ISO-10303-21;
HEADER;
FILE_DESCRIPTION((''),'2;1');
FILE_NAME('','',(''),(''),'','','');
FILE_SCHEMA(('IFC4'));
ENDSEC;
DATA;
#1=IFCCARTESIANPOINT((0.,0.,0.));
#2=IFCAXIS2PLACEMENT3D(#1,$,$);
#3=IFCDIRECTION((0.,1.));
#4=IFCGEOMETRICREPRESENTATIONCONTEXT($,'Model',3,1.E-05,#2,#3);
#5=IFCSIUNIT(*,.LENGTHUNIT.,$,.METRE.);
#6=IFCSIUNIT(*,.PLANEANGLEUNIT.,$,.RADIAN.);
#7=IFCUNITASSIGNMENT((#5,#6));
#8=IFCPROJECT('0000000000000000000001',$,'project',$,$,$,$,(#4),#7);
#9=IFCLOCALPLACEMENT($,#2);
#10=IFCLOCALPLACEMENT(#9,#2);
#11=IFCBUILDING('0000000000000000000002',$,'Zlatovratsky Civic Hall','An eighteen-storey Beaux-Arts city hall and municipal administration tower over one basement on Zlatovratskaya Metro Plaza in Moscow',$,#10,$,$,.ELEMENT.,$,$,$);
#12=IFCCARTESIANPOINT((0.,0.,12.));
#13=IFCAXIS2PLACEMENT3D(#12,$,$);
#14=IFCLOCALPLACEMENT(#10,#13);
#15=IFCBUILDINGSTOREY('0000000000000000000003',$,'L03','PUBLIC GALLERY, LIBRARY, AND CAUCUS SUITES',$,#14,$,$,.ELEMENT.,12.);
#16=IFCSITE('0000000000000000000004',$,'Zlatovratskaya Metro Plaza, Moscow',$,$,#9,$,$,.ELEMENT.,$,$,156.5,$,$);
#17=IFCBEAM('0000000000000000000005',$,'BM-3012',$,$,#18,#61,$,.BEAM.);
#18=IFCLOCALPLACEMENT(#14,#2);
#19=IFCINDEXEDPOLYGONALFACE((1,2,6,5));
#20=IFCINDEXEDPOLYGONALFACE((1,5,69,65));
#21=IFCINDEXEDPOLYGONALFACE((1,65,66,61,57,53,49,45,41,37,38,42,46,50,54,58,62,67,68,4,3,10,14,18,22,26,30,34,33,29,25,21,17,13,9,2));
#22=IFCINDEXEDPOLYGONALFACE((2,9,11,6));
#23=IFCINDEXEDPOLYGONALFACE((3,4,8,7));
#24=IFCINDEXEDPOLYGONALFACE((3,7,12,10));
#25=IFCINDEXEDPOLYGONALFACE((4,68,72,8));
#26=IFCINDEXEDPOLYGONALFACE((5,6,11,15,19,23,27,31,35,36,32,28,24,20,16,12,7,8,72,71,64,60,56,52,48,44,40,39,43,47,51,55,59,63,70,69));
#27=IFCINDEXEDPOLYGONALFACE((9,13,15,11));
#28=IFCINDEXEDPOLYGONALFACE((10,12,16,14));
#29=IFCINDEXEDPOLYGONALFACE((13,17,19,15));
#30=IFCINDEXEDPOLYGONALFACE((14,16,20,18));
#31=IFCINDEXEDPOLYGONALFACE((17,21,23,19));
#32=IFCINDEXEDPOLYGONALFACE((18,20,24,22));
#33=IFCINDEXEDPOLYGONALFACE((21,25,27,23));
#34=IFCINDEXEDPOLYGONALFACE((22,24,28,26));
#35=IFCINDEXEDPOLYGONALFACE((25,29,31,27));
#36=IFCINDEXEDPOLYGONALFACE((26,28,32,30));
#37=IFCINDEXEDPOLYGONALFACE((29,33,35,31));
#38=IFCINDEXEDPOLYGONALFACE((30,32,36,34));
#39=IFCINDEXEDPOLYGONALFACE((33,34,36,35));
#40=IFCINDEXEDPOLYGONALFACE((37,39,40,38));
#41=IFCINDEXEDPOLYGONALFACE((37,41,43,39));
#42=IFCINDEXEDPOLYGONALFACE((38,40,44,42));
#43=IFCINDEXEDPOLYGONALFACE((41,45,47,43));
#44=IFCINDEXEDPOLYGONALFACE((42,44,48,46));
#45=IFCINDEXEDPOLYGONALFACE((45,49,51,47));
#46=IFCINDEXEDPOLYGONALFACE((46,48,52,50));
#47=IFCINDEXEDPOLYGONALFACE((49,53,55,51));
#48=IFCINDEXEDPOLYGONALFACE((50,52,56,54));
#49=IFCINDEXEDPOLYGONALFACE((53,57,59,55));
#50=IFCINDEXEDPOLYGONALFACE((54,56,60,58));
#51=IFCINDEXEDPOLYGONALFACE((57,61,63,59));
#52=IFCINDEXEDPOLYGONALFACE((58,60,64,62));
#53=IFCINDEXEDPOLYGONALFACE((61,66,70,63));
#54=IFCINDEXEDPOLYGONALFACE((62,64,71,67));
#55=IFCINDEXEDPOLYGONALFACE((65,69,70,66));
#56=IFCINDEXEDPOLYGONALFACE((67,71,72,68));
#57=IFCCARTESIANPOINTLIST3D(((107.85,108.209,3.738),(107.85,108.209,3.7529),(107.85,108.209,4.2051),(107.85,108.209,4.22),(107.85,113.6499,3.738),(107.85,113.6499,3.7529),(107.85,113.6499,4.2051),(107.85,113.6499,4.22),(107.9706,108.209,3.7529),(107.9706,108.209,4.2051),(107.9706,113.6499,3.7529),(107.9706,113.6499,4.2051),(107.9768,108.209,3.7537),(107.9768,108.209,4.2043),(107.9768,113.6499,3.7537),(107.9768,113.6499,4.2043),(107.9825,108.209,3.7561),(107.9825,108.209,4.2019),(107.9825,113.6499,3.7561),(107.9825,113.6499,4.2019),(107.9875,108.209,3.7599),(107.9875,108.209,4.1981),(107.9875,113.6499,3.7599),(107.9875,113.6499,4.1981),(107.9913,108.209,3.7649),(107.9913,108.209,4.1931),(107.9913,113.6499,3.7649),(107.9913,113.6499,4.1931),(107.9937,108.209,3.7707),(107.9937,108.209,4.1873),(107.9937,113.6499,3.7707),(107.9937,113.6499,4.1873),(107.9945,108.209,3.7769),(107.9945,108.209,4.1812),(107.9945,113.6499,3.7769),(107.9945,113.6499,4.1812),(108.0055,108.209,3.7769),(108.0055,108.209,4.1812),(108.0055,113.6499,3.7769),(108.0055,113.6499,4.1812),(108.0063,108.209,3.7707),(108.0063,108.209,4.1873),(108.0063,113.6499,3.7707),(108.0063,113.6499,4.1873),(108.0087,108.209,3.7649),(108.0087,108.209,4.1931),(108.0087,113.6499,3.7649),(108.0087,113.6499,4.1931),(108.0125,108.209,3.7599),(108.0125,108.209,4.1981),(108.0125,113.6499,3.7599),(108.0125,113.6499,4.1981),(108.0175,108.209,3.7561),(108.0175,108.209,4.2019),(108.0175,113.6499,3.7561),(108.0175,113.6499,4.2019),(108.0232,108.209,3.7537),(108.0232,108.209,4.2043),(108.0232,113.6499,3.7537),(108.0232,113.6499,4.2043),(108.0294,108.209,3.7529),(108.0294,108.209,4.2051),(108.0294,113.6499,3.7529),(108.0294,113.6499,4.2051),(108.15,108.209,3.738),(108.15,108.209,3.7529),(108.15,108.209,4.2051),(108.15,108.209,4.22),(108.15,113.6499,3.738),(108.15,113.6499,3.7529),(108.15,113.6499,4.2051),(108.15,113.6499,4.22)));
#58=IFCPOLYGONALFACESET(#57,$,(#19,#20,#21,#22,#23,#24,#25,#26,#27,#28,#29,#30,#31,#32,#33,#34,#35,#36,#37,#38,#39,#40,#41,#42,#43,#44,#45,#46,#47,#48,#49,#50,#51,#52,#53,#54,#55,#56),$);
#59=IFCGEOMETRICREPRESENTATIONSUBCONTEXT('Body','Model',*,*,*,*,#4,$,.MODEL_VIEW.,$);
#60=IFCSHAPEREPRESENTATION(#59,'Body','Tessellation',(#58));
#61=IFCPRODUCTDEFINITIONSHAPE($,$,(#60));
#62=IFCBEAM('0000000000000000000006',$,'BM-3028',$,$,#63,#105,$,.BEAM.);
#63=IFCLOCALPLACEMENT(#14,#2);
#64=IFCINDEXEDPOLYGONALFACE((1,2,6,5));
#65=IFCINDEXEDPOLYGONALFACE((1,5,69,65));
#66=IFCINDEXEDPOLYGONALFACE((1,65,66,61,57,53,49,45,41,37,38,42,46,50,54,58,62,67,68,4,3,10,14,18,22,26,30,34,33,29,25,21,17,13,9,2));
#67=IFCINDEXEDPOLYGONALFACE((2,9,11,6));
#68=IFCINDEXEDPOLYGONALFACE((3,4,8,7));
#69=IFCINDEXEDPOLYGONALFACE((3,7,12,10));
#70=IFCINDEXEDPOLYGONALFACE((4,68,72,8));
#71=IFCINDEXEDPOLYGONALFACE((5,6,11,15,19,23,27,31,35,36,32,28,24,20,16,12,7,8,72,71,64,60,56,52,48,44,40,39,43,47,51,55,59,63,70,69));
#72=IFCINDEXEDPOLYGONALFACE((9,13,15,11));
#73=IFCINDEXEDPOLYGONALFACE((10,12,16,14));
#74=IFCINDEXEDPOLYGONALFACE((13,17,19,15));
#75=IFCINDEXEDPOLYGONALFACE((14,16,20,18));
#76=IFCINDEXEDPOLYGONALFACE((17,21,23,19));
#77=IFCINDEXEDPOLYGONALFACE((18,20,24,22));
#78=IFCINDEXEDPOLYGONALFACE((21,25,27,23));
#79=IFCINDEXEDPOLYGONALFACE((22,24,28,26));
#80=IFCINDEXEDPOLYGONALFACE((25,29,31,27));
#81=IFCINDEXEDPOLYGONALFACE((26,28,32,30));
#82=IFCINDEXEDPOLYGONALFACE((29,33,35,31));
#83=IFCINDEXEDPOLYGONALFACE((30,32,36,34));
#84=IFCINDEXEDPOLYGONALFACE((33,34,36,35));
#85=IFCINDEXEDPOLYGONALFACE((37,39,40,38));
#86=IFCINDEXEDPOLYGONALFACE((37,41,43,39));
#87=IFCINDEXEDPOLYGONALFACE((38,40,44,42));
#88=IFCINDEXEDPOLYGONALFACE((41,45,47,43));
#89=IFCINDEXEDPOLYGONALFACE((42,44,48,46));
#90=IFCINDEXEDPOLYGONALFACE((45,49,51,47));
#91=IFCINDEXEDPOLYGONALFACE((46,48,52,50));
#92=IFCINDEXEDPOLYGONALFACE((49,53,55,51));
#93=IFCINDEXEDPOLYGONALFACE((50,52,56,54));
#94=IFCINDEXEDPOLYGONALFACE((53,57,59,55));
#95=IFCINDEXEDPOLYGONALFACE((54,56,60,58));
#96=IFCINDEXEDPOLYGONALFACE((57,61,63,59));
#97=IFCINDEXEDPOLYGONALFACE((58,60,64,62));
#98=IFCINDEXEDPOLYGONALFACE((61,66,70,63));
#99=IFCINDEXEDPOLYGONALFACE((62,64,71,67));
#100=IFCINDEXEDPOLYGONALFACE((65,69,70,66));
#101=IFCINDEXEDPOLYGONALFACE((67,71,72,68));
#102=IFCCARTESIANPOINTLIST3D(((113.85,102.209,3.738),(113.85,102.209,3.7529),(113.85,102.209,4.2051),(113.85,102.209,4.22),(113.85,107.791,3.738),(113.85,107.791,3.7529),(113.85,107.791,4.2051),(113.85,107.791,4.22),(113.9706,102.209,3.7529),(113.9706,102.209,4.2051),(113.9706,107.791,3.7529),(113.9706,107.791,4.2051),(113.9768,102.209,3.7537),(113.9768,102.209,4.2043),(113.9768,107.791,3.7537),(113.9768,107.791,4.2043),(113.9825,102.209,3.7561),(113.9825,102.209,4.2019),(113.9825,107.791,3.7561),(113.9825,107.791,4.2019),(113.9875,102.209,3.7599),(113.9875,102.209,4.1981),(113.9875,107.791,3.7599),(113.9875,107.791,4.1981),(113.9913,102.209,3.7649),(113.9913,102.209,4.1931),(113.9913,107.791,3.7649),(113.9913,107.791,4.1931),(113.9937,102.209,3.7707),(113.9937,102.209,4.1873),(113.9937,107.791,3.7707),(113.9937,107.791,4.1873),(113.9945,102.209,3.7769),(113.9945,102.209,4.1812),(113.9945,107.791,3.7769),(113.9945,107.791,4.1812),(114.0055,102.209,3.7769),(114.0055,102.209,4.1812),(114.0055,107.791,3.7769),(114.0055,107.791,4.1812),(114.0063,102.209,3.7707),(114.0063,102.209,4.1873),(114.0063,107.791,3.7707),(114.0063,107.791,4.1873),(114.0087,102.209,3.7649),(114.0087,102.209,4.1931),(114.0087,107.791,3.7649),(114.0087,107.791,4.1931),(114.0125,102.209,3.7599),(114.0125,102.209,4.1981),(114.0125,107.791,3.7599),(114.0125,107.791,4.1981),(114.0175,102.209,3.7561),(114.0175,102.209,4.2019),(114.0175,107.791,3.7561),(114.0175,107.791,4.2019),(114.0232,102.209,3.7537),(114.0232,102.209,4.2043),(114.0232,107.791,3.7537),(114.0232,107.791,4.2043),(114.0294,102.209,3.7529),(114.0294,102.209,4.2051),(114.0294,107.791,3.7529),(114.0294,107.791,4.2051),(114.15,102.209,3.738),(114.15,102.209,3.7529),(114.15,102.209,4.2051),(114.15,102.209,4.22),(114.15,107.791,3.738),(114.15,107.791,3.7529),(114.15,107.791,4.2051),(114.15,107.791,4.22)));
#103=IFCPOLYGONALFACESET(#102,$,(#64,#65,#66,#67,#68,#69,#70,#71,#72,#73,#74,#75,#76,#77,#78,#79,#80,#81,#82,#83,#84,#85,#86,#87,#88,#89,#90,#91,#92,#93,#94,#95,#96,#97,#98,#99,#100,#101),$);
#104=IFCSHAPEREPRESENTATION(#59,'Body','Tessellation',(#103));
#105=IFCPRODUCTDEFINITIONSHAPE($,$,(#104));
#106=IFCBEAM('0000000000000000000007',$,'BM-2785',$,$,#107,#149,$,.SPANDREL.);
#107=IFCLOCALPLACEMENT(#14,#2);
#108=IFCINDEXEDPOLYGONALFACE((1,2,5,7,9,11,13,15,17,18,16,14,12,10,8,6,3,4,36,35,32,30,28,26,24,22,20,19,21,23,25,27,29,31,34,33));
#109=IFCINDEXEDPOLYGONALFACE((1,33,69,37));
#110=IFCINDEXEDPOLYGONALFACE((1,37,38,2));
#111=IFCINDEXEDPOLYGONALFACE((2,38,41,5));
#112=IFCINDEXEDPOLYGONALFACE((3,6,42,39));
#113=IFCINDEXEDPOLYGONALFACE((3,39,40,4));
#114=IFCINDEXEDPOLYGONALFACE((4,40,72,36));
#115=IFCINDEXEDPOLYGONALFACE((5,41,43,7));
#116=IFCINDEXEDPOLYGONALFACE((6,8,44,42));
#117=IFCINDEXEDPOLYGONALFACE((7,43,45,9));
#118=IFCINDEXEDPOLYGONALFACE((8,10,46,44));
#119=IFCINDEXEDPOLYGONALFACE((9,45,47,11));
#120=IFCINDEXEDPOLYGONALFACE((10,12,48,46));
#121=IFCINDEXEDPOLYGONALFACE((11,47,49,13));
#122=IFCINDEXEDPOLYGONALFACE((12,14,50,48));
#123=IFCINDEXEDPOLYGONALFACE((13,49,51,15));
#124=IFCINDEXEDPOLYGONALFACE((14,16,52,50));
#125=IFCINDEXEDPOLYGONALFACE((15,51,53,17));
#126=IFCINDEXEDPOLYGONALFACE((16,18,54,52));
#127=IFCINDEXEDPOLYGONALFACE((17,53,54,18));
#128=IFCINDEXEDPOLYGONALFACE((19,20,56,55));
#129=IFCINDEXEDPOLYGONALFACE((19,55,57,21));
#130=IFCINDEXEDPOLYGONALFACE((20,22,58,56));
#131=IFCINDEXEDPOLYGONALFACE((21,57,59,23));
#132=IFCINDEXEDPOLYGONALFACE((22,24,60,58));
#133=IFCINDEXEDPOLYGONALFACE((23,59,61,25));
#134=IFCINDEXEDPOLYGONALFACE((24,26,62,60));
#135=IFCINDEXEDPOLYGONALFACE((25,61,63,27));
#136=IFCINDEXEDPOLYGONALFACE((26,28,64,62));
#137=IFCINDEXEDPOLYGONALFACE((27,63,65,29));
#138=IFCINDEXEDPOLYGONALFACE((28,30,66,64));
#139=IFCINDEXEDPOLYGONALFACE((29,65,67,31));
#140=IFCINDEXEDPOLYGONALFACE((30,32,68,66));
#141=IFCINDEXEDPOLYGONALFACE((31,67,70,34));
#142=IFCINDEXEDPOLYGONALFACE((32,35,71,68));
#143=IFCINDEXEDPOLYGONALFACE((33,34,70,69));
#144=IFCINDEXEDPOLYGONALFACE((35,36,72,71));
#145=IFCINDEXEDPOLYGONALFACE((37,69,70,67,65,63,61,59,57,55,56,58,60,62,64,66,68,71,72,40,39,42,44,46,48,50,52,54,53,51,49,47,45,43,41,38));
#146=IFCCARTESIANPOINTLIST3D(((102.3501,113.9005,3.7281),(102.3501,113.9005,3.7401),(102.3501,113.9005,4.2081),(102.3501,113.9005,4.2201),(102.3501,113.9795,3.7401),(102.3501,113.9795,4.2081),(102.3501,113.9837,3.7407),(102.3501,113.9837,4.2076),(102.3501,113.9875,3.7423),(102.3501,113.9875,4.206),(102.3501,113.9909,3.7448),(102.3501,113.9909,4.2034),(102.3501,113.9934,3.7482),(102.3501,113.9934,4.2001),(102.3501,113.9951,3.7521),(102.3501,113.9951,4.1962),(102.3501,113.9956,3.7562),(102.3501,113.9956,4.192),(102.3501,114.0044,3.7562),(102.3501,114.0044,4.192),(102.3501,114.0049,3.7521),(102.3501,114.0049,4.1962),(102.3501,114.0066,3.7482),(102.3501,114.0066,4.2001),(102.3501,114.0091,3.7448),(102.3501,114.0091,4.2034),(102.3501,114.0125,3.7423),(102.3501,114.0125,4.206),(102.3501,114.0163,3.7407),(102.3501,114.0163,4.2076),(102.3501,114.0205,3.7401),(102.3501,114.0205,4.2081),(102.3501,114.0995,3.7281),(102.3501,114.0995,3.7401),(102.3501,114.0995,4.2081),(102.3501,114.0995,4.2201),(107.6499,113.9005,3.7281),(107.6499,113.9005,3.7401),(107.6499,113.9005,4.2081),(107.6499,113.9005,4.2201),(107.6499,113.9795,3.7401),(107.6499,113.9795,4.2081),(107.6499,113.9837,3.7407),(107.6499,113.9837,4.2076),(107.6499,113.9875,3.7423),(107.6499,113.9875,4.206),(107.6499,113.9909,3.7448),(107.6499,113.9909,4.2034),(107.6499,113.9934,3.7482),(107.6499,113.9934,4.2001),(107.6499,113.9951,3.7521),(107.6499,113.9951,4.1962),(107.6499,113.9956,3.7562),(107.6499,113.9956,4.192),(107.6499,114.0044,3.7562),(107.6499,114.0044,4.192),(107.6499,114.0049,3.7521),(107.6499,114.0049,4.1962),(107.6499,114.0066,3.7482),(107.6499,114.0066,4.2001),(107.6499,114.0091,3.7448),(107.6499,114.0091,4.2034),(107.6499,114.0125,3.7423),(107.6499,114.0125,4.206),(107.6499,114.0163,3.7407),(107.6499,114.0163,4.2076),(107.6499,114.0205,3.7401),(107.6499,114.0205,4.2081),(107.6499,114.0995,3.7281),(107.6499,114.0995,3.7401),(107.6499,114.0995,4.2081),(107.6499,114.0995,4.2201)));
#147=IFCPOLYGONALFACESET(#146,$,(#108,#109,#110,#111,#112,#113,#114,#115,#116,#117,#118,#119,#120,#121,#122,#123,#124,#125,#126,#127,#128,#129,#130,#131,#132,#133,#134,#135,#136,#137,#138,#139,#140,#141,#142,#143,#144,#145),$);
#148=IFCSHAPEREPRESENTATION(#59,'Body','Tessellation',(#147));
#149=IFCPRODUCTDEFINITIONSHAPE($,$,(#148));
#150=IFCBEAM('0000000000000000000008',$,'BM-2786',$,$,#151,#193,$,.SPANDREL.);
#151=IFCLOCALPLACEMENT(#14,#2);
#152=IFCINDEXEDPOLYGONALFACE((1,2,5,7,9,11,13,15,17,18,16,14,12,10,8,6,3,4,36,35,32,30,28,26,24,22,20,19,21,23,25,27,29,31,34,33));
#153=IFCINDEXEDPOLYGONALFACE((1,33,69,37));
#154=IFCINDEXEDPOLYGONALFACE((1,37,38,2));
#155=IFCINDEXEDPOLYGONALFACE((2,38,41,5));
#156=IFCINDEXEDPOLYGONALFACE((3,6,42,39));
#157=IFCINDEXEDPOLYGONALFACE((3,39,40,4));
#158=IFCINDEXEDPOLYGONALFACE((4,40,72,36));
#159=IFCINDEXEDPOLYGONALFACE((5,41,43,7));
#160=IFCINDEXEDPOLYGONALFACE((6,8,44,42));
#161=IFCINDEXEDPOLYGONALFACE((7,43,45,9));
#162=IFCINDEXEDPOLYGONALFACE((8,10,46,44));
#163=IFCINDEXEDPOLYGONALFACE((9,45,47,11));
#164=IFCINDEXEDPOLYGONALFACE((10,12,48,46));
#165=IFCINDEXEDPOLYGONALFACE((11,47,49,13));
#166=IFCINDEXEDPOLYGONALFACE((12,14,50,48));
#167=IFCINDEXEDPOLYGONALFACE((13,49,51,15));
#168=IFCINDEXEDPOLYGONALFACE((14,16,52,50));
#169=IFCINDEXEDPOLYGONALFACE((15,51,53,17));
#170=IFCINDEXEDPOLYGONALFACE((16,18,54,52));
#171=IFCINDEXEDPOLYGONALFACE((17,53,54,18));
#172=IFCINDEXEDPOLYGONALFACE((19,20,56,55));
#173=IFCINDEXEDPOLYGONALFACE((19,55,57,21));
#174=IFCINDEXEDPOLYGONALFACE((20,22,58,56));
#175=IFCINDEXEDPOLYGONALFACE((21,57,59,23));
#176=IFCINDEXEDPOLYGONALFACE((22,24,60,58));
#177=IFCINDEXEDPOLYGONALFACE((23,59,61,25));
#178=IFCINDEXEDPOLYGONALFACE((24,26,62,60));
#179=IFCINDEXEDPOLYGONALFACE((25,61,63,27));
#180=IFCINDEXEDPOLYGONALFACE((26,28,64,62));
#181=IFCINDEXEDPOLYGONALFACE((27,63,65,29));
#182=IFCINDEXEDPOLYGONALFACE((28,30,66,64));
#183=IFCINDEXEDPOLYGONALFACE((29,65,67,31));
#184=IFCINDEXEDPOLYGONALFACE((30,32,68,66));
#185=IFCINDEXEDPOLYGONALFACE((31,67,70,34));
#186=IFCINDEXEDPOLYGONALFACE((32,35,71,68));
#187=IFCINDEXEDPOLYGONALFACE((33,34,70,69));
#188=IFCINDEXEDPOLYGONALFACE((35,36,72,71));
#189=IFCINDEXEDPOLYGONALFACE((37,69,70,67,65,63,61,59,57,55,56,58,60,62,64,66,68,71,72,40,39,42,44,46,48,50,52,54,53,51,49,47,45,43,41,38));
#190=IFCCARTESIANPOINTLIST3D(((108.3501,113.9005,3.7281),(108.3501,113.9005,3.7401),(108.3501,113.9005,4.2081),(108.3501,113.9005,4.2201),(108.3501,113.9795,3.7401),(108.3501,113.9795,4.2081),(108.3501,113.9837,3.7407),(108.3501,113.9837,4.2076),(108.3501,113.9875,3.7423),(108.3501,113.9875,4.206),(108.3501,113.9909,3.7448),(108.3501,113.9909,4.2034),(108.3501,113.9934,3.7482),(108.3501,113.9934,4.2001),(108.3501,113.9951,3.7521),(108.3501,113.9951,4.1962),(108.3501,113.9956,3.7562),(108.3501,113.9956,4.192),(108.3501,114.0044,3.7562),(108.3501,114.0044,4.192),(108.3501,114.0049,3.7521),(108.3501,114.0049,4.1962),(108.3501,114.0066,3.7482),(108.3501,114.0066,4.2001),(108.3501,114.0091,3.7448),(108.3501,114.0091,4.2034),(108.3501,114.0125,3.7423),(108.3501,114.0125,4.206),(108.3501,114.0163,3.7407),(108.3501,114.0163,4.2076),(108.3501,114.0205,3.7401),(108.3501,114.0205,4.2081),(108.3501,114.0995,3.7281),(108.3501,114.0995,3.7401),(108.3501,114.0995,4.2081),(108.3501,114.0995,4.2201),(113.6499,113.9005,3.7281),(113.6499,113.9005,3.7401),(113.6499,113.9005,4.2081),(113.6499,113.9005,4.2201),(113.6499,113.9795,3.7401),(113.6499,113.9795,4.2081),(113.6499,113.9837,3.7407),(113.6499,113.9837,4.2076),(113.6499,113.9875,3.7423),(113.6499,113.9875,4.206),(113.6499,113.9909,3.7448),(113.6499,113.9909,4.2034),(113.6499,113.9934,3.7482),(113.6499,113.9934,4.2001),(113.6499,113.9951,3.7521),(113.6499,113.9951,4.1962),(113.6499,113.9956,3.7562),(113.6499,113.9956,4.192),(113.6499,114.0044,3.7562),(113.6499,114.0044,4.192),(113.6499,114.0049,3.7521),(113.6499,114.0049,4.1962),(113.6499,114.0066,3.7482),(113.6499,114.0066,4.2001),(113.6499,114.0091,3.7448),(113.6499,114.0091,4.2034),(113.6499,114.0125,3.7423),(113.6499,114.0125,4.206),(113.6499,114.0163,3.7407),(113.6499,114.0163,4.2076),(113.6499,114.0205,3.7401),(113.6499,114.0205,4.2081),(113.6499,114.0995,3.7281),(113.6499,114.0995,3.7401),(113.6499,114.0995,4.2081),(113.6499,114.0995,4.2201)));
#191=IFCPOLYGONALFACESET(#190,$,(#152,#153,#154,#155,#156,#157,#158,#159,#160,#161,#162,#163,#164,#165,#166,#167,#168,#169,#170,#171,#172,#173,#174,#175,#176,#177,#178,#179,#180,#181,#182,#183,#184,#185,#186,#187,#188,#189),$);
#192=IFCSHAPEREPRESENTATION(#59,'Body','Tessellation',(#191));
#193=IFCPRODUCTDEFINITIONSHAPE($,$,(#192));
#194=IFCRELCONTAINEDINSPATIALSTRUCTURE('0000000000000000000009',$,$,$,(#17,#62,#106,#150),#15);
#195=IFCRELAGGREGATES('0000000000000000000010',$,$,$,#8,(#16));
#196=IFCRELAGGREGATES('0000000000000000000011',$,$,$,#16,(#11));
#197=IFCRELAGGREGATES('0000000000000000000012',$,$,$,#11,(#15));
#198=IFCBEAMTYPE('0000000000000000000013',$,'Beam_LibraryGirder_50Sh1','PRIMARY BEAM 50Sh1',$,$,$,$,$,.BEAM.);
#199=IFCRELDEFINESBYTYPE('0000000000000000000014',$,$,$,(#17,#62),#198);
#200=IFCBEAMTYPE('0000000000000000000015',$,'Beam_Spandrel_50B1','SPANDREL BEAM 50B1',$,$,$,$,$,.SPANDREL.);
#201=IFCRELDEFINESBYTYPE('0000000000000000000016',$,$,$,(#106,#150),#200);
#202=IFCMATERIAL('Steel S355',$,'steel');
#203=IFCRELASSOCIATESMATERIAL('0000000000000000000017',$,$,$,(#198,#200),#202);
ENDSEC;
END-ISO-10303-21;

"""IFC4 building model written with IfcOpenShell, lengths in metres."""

from ifc_helpers import new_model, si_unit, direction, frame, origin, origin_2d, place, context, subcontext, project, spatial, i_section, extrude, material, material_profile, profile_set, type_object, element, save


model = new_model("IFC4")

# Units and contexts
model_context = context("Model", 3, precision=1e-05, world=origin(), true_north=direction((0.0, 1.0)))
body_context = subcontext(model_context, "Body", "Model", "MODEL_VIEW")
ifc_project = project(units=[si_unit("LENGTHUNIT", "METRE"), si_unit("PLANEANGLEUNIT", "RADIAN")], contexts=[model_context])

# Site, building, storey
site_placement = place(None, origin())
site = spatial("IfcSite", under=ifc_project, at=site_placement, Name="Zlatovratskaya Metro Plaza, Moscow", CompositionType="ELEMENT", RefElevation=156.5)
building_placement = place(site_placement, origin())
building = spatial("IfcBuilding", under=site, at=building_placement, Name="Zlatovratsky Civic Hall", Description="An eighteen-storey Beaux-Arts city hall and municipal administration tower over one basement on Zlatovratskaya Metro Plaza in Moscow", CompositionType="ELEMENT")
storey_placement = place(building_placement, frame((0.0, 0.0, 12.0)))
storey = spatial("IfcBuildingStorey", under=building, at=storey_placement, Name="L03", Description="PUBLIC GALLERY, LIBRARY, AND CAUCUS SUITES", CompositionType="ELEMENT", Elevation=12.0)

# Shared definitions
ifc_material_1 = material(Name="Steel S355", Category="steel")

# Beams
ifc_material_profile_1 = material_profile(ifc_material_1, i_section(OverallWidth=0.3, OverallDepth=0.4819, WebThickness=0.011, FlangeThickness=0.0149, FilletRadius=0.0239, at=origin_2d()), Name="50Sh1")
ifc_profile_set_1 = profile_set([ifc_material_profile_1], Name="Steel S355")
beam_type_1 = type_object("IfcBeamType", Name="Beam_LibraryGirder_50Sh1", Description="PRIMARY BEAM 50Sh1", PredefinedType="BEAM", material=ifc_profile_set_1)
beam_1_placement = place(storey_placement, frame((108.0, 108.209, 3.979), z_axis=(0.0, 1.0, 0.0), x_axis=(-1.0, 0.0, 0.0)))
element("IfcBeam", 1, at=beam_1_placement, inside=storey, type_object=beam_type_1, Name="BM-3012", PredefinedType="BEAM", context=body_context, shape_type="SweptSolid", body=[
    extrude(i_section(OverallWidth=0.3, OverallDepth=0.4819, WebThickness=0.011, FlangeThickness=0.0149, FilletRadius=0.0239, at=origin_2d()), origin(), (0.0, 0.0, 1.0), 5.4409),
])
beam_2_placement = place(storey_placement, frame((114.0, 102.209, 3.979), z_axis=(0.0, 1.0, 0.0), x_axis=(-1.0, 0.0, 0.0)))
element("IfcBeam", 2, at=beam_2_placement, inside=storey, type_object=beam_type_1, Name="BM-3028", PredefinedType="BEAM", context=body_context, shape_type="SweptSolid", body=[
    extrude(i_section(OverallWidth=0.3, OverallDepth=0.4819, WebThickness=0.011, FlangeThickness=0.0149, FilletRadius=0.0239, at=origin_2d()), origin(), (0.0, 0.0, 1.0), 5.582),
])
ifc_material_profile_2 = material_profile(ifc_material_1, i_section(OverallWidth=0.199, OverallDepth=0.4919, WebThickness=0.0088, FlangeThickness=0.012, FilletRadius=0.0161, at=origin_2d()), Name="50B1")
ifc_profile_set_2 = profile_set([ifc_material_profile_2], Name="Steel S355")
beam_type_2 = type_object("IfcBeamType", Name="Beam_Spandrel_50B1", Description="SPANDREL BEAM 50B1", PredefinedType="SPANDREL", material=ifc_profile_set_2)
for number, where, z_axis, x_axis, name in (
    (3, (102.3501, 114.0, 3.9741), (1.0, 0.0, 0.0), (0.0, 1.0, 0.0), "BM-2785"),
    (4, (108.3501, 114.0, 3.9741), (1.0, 0.0, 0.0), (0.0, 1.0, 0.0), "BM-2786"),
):
    element("IfcBeam", number, at=place(storey_placement, frame(where, z_axis=z_axis, x_axis=x_axis)), inside=storey, type_object=beam_type_2, Name=name, PredefinedType="SPANDREL", context=body_context, shape_type="SweptSolid", body=[
        extrude(i_section(OverallWidth=0.199, OverallDepth=0.4919, WebThickness=0.0088, FlangeThickness=0.012, FilletRadius=0.0161, at=origin_2d()), origin(), (0.0, 0.0, 1.0), 5.2998),
    ])

save(model, "model.ifc")
